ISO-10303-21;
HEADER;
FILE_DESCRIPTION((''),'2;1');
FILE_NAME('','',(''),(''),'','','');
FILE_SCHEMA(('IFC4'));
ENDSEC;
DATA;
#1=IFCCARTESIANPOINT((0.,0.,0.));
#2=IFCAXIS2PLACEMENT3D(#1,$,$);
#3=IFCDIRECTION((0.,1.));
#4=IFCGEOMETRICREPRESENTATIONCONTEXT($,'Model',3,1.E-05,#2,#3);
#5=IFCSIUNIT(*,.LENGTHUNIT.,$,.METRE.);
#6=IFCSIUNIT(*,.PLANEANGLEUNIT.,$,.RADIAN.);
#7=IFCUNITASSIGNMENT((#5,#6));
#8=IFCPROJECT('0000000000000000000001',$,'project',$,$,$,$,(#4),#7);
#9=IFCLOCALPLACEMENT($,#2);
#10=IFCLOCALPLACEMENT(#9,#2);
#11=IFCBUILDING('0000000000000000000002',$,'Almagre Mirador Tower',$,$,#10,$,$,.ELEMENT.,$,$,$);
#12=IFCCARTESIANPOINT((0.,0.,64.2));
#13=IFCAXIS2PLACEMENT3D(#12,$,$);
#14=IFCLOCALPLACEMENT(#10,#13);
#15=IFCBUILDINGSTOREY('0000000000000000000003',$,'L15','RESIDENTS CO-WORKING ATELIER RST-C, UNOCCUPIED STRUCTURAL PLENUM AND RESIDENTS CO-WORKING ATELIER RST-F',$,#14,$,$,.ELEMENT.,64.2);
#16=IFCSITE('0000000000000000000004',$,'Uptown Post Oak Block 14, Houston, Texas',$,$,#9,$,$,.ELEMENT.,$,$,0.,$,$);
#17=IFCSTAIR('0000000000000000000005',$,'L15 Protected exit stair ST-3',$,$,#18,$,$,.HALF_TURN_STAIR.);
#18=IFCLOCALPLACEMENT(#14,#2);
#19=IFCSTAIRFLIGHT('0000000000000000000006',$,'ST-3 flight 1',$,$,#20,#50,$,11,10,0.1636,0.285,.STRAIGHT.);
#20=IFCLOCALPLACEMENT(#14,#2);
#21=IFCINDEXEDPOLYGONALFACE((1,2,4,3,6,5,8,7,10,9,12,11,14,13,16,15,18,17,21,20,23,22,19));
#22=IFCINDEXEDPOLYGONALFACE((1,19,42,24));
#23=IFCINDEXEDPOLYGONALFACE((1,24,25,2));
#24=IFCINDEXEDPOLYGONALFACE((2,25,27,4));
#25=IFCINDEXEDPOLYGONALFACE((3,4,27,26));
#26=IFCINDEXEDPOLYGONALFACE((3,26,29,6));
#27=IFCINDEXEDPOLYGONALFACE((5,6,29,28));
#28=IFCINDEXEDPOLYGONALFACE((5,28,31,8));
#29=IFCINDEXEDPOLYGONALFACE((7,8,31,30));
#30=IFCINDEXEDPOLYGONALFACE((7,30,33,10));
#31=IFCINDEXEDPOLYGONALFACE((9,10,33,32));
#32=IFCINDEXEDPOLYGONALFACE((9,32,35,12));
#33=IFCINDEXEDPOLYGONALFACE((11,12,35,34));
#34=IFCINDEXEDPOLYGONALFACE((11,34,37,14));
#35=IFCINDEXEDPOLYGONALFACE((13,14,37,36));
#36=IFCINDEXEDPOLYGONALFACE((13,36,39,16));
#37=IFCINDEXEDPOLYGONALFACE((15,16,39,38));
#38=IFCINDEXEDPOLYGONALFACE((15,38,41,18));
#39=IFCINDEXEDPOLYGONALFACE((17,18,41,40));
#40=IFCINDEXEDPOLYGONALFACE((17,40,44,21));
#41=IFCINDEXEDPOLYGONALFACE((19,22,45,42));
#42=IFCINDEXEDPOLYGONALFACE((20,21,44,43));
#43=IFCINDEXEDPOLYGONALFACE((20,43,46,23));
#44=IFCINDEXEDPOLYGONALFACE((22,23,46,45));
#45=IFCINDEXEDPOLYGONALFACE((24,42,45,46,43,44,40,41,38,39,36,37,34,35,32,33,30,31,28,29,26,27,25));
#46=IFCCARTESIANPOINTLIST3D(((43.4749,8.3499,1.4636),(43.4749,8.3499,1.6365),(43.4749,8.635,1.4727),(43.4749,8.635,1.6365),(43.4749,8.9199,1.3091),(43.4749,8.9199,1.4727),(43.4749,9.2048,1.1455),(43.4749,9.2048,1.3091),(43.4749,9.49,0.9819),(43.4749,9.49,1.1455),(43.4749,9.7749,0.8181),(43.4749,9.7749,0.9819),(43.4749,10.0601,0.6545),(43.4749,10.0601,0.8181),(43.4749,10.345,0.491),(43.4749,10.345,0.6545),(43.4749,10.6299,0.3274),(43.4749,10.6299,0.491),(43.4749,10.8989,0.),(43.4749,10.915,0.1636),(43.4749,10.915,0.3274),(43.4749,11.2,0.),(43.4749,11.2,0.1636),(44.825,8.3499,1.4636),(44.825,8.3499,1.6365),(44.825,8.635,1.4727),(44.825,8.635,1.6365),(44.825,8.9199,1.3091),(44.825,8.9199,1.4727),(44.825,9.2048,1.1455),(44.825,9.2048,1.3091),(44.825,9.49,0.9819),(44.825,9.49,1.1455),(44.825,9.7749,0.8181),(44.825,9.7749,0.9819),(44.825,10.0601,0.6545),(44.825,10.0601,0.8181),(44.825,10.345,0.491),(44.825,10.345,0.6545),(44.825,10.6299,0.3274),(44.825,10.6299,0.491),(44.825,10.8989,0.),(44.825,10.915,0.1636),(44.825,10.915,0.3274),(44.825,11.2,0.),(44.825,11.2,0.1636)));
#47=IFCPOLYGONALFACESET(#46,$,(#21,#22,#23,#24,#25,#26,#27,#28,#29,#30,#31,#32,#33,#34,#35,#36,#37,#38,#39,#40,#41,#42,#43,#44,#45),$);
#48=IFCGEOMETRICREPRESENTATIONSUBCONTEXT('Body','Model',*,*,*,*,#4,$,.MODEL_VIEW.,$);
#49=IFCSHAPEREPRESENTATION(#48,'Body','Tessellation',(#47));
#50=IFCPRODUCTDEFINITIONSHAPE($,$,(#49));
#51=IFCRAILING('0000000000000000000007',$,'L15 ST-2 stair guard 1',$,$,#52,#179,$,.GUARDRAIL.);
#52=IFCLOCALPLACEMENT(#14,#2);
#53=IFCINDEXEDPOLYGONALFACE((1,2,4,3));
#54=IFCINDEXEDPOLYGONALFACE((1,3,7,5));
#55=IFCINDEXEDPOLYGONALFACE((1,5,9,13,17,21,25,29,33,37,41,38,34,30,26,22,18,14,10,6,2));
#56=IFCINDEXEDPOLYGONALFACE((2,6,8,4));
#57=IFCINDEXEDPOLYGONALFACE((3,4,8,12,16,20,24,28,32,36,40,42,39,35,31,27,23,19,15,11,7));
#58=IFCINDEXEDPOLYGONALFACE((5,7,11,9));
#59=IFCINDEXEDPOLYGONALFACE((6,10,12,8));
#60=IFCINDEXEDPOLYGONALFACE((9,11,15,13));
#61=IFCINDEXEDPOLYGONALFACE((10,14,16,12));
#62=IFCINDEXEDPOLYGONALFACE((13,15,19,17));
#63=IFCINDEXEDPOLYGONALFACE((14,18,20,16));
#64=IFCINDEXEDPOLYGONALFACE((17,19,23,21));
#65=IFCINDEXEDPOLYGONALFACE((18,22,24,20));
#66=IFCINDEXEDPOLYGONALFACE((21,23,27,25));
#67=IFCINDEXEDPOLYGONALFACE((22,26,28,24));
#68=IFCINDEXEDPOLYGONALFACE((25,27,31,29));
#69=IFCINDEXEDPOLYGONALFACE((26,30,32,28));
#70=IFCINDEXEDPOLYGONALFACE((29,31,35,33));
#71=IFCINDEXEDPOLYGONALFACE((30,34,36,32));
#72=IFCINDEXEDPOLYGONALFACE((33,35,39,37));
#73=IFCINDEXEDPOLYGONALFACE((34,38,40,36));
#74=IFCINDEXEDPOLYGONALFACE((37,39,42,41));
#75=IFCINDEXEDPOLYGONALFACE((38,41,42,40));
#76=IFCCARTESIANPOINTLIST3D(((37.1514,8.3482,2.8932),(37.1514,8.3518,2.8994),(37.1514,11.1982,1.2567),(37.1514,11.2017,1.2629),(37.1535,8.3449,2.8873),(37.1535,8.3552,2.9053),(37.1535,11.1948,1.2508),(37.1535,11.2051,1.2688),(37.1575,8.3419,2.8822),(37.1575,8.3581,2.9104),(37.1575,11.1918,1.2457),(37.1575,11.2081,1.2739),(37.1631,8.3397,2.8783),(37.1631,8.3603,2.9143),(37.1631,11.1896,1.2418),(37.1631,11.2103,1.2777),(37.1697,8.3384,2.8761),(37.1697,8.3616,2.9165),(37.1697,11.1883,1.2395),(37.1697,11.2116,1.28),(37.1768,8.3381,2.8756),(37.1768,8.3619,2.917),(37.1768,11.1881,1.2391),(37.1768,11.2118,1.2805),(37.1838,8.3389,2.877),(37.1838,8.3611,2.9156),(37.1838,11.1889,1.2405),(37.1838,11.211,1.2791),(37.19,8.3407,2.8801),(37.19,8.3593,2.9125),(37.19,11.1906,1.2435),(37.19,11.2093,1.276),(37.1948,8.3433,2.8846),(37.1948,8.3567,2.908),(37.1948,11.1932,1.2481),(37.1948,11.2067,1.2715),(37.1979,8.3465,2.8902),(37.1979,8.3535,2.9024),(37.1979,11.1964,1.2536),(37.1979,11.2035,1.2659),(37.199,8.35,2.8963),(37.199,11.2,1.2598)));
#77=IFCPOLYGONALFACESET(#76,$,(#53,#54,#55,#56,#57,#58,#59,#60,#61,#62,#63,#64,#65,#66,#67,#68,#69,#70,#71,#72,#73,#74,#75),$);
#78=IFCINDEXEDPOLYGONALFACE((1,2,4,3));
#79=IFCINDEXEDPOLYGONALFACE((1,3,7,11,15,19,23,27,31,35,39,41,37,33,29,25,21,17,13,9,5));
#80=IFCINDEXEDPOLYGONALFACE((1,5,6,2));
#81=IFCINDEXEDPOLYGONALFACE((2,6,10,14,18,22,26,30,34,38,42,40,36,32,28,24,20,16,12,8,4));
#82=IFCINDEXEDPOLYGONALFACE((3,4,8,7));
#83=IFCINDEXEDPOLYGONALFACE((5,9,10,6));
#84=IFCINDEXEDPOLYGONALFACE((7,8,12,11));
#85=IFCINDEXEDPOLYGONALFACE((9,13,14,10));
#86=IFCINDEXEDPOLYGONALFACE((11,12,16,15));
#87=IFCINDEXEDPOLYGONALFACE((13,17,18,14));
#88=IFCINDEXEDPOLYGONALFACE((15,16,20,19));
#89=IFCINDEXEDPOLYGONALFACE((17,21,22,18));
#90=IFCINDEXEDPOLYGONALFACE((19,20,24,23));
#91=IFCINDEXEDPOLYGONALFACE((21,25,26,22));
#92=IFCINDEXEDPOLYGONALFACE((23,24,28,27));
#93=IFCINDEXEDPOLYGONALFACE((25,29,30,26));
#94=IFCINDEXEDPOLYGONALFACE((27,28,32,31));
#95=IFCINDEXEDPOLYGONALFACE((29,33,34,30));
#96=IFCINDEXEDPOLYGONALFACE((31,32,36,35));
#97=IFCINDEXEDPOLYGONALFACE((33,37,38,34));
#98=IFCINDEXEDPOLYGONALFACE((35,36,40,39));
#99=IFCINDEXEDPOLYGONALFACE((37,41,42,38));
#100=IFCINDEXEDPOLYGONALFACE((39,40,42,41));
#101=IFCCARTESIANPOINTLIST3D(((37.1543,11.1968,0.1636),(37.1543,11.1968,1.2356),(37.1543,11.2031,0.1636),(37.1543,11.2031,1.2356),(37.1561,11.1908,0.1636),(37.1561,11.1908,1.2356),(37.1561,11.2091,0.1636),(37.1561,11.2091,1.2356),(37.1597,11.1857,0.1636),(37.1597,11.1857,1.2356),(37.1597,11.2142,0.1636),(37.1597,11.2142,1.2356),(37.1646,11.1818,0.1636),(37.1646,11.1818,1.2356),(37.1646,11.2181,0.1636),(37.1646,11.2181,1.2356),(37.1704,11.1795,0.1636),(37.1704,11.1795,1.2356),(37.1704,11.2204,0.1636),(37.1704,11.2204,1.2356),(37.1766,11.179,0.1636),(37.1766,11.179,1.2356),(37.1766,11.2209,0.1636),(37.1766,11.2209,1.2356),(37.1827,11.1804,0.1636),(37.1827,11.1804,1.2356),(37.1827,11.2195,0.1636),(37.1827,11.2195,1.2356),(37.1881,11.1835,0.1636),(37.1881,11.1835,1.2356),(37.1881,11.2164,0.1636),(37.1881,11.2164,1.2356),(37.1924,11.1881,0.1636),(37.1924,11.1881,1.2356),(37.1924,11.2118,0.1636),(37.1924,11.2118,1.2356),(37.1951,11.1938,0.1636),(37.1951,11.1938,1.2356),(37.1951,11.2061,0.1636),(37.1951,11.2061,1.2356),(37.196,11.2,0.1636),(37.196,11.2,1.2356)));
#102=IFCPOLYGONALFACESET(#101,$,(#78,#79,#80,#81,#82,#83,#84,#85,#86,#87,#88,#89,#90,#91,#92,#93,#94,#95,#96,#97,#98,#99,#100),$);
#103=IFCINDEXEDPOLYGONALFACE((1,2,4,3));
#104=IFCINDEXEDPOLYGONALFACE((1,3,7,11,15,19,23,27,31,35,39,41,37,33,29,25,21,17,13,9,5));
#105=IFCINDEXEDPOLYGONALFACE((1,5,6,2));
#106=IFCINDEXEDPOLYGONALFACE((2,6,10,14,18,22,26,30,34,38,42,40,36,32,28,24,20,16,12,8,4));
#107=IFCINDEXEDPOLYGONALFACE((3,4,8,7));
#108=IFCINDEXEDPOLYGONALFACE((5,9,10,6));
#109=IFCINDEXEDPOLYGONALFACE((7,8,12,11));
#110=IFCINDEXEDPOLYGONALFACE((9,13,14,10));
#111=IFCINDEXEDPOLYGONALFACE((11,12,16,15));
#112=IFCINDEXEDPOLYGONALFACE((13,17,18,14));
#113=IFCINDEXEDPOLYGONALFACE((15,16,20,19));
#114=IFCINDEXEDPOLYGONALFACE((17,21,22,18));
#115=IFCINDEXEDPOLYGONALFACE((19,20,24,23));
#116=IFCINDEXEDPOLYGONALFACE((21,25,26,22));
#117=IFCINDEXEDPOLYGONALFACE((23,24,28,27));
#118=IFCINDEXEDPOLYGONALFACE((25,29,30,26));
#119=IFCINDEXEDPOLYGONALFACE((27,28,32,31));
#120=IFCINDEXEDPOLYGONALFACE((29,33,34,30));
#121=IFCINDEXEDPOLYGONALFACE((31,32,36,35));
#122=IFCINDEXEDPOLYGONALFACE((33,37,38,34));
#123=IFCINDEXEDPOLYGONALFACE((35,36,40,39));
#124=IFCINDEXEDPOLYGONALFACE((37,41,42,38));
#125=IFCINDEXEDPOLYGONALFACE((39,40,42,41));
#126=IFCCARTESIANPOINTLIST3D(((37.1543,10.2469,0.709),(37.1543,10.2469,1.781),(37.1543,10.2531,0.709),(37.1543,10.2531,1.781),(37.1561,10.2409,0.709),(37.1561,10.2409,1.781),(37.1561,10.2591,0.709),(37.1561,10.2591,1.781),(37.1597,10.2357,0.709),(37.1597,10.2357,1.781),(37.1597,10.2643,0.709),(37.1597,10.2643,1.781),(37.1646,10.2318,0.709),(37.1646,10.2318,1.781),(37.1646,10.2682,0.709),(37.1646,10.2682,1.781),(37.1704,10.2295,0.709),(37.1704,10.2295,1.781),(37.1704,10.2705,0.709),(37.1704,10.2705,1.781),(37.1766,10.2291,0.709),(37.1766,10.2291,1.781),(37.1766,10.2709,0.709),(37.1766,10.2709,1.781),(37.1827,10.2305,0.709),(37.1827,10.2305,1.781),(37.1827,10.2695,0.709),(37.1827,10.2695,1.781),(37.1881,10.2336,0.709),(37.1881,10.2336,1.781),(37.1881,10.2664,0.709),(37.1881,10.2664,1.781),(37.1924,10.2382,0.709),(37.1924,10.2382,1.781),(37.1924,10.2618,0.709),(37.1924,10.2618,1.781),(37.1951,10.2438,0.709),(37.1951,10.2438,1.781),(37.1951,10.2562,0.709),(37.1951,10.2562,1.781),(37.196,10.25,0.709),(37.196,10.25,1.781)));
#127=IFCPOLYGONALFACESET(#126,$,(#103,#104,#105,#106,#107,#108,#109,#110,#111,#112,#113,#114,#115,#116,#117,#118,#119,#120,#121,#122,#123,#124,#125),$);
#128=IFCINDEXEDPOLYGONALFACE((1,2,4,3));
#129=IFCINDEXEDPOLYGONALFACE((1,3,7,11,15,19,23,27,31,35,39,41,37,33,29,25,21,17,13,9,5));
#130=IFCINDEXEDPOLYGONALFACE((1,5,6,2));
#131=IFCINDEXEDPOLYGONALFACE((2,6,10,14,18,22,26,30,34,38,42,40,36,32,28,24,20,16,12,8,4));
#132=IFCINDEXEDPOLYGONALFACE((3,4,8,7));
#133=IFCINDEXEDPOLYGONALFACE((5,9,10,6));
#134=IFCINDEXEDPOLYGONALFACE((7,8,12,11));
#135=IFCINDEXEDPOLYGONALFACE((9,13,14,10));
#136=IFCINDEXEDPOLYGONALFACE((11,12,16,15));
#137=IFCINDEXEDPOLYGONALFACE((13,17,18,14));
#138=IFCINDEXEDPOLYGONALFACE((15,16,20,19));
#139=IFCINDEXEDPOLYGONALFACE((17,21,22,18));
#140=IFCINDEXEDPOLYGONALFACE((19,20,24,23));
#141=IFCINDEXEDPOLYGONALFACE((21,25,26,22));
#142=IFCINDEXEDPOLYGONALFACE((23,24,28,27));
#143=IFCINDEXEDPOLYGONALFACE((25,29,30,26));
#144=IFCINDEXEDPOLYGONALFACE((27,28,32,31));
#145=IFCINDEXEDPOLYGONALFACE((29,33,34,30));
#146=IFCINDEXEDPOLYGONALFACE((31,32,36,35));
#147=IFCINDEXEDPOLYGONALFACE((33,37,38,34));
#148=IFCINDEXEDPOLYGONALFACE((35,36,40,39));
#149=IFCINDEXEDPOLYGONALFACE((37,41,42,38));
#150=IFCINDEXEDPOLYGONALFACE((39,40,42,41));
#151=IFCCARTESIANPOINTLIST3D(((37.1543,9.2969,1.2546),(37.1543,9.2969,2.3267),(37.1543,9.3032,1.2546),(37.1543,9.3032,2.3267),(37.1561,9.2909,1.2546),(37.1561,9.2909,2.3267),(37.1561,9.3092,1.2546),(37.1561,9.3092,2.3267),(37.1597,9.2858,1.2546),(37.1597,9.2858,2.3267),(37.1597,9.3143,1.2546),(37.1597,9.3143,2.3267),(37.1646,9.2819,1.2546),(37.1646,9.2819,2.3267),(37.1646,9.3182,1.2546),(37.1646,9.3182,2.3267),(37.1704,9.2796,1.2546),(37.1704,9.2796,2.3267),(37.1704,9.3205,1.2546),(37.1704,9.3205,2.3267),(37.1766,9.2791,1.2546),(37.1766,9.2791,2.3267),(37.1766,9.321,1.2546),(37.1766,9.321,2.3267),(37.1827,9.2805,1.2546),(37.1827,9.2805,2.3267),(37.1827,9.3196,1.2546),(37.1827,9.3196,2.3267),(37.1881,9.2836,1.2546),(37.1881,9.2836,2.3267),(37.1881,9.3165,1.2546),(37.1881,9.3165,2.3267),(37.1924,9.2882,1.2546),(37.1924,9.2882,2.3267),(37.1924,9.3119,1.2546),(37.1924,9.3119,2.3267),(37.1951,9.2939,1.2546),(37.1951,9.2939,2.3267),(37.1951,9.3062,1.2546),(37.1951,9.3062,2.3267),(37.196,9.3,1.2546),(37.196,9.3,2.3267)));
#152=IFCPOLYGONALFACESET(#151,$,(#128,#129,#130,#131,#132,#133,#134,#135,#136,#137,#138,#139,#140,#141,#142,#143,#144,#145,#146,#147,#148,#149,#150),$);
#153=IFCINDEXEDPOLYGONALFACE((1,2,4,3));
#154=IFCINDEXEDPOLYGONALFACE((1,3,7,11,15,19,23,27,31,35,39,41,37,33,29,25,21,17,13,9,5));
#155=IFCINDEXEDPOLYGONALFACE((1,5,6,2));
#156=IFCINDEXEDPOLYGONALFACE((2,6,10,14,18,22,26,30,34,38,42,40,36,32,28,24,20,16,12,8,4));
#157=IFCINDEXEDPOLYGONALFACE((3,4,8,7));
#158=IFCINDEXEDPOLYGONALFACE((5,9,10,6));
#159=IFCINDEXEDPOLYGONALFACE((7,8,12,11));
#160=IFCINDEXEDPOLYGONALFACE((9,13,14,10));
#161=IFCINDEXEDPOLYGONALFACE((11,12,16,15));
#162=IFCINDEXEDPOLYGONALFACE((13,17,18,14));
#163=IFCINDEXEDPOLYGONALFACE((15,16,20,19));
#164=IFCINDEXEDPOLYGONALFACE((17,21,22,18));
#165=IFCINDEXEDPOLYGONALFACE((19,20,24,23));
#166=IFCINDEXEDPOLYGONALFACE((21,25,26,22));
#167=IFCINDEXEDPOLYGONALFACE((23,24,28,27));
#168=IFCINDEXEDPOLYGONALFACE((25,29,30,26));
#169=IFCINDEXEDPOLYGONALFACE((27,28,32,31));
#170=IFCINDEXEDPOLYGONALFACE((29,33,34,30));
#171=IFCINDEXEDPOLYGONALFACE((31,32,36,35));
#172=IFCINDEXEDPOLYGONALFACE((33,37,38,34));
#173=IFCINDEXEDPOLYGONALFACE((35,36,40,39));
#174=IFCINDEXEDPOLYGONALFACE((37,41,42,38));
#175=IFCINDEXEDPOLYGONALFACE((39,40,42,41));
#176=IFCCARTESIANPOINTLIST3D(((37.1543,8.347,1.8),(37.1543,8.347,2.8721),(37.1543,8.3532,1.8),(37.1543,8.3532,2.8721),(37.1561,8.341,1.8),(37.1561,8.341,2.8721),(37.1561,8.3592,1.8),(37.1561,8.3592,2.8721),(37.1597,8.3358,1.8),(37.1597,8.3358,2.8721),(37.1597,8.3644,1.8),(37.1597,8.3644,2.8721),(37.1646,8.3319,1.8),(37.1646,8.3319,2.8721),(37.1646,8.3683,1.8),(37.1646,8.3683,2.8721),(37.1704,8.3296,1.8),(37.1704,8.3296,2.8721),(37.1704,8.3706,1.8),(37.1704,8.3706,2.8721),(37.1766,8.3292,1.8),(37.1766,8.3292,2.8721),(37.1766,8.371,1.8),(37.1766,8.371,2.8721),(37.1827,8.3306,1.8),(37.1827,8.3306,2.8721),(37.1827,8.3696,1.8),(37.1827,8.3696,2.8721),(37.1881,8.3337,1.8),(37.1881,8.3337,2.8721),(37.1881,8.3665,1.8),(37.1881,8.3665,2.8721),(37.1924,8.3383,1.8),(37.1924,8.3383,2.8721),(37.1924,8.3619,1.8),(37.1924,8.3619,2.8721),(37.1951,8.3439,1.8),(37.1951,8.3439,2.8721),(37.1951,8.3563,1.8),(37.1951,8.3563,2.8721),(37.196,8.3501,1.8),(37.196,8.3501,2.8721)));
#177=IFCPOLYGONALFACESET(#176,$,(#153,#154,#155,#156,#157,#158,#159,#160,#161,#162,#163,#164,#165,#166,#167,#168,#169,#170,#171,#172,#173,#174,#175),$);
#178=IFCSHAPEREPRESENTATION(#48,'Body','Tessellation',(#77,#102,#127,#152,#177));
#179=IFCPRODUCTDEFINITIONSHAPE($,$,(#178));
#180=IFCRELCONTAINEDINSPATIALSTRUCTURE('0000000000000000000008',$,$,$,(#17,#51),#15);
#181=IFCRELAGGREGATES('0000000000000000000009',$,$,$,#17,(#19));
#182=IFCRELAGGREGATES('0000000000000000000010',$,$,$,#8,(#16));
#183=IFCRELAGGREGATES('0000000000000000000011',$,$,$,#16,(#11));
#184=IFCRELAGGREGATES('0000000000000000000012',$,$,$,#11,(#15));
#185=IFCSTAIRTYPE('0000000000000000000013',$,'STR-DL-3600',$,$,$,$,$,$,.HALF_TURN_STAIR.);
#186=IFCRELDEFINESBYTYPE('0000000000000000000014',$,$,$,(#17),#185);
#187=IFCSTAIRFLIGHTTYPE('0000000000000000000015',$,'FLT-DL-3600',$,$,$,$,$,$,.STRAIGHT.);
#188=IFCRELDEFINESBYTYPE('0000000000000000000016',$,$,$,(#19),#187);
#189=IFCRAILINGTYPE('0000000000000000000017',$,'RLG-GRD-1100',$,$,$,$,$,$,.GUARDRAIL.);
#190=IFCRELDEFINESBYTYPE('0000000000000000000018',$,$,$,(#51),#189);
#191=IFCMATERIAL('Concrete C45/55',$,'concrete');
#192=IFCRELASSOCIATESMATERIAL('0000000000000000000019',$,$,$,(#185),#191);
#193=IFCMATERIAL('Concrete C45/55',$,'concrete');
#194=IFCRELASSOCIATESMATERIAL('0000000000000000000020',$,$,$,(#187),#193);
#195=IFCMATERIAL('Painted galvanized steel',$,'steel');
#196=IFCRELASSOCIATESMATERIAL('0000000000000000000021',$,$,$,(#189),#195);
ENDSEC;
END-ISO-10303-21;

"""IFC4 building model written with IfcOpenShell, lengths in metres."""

from ifc_helpers import new_model, si_unit, direction, frame, origin, origin_2d, place, context, subcontext, project, spatial, polyline, circle, outline, extrude, material, type_object, element, aggregate, save


model = new_model("IFC4")

# Units and contexts
model_context = context("Model", 3, precision=1e-05, world=origin(), true_north=direction((0.0, 1.0)))
body_context = subcontext(model_context, "Body", "Model", "MODEL_VIEW")
ifc_project = project(units=[si_unit("LENGTHUNIT", "METRE"), si_unit("PLANEANGLEUNIT", "RADIAN")], contexts=[model_context])

# Site, building, storey
site_placement = place(None, origin())
site = spatial("IfcSite", under=ifc_project, at=site_placement, Name="Uptown Post Oak Block 14, Houston, Texas", CompositionType="ELEMENT", RefElevation=0.0)
building_placement = place(site_placement, origin())
building = spatial("IfcBuilding", under=site, at=building_placement, Name="Almagre Mirador Tower", CompositionType="ELEMENT")
storey_placement = place(building_placement, frame((0.0, 0.0, 64.2)))
storey = spatial("IfcBuildingStorey", under=building, at=storey_placement, Name="L15", Description="RESIDENTS CO-WORKING ATELIER RST-C, UNOCCUPIED STRUCTURAL PLENUM AND RESIDENTS CO-WORKING ATELIER RST-F", CompositionType="ELEMENT", Elevation=64.2)

# Shared definitions
ifc_material_1 = material(Name="Concrete C45/55", Category="concrete")
stair_type = type_object("IfcStairType", Name="STR-DL-3600", PredefinedType="HALF_TURN_STAIR", material=ifc_material_1)
ifc_material_2 = material(Name="Concrete C45/55", Category="concrete")
stair_flight_type = type_object("IfcStairFlightType", Name="FLT-DL-3600", PredefinedType="STRAIGHT", material=ifc_material_2)

# Stair, stair flight
stair_1_placement = place(storey_placement, origin())
stair_1 = element("IfcStair", 1, at=stair_1_placement, inside=storey, type_object=stair_type, Name="L15 Protected exit stair ST-3", PredefinedType="HALF_TURN_STAIR")
stair_flight_1_placement = place(storey_placement, frame((44.1499, 11.2, 0.0), z_axis=(0.0, 0.0, 1.0), x_axis=(0.0, -1.0, 0.0)))
stair_flight_1 = element("IfcStairFlight", 2, at=stair_flight_1_placement, type_object=stair_flight_type, Name="ST-3 flight 1", NumberOfRisers=11, NumberOfTreads=10, PredefinedType="STRAIGHT", RiserHeight=0.1636, TreadLength=0.285, context=body_context, shape_type="SweptSolid", body=[
    extrude(outline(polyline([(0.0, 0.0), (0.0, 0.1636), (0.2849, 0.1636), (0.2849, 0.3274), (0.5701, 0.3274), (0.5701, 0.491), (0.855, 0.491), (0.855, 0.6545), (1.1399, 0.6545), (1.1399, 0.8181), (1.425, 0.8181), (1.425, 0.9819), (1.71, 0.9819), (1.71, 1.1455), (1.9951, 1.1455), (1.9951, 1.3091), (2.28, 1.3091), (2.28, 1.4727), (2.5649, 1.4727), (2.5649, 1.6365), (2.8501, 1.6365), (2.8501, 1.8), (2.8501, 1.4636), (0.301, 0.0), (0.0, 0.0)])), frame((0.0, 0.675, 0.0), z_axis=(0.0, -1.0, 0.0), x_axis=(1.0, 0.0, 0.0)), (0.0, 0.0, 1.0), 1.3501),
])
aggregate(stair_1, [stair_flight_1])

# Railing
ifc_material_3 = material(Name="Painted galvanized steel", Category="steel")
railing_type_1 = type_object("IfcRailingType", Name="RLG-GRD-1100", PredefinedType="GUARDRAIL", material=ifc_material_3)
railing_1_placement = place(storey_placement, frame((37.175, 11.2, 0.1636)))
element("IfcRailing", 3, at=railing_1_placement, inside=storey, type_object=railing_type_1, Name="L15 ST-2 stair guard 1", PredefinedType="GUARDRAIL", context=body_context, shape_type="SweptSolid", body=[
    extrude(circle(Radius=0.0239, at=origin_2d()), frame((0.0, 0.0, 1.0962), z_axis=(0.0, -0.867194, 0.49797), x_axis=(1.0, 0.0, 0.0)), (0.0, 0.0, 1.0), 3.2864),
    extrude(circle(Radius=0.021, at=origin_2d()), origin(), (0.0, 0.0, 1.0), 1.072),
    extrude(circle(Radius=0.021, at=origin_2d()), frame((0.0, -0.95, 0.5454)), (0.0, 0.0, 1.0), 1.072),
    extrude(circle(Radius=0.021, at=origin_2d()), frame((0.0, -1.8999, 1.0911)), (0.0, 0.0, 1.0), 1.072),
    extrude(circle(Radius=0.021, at=origin_2d()), frame((0.0, -2.8499, 1.6365)), (0.0, 0.0, 1.0), 1.072),
])

save(model, "model.ifc")
